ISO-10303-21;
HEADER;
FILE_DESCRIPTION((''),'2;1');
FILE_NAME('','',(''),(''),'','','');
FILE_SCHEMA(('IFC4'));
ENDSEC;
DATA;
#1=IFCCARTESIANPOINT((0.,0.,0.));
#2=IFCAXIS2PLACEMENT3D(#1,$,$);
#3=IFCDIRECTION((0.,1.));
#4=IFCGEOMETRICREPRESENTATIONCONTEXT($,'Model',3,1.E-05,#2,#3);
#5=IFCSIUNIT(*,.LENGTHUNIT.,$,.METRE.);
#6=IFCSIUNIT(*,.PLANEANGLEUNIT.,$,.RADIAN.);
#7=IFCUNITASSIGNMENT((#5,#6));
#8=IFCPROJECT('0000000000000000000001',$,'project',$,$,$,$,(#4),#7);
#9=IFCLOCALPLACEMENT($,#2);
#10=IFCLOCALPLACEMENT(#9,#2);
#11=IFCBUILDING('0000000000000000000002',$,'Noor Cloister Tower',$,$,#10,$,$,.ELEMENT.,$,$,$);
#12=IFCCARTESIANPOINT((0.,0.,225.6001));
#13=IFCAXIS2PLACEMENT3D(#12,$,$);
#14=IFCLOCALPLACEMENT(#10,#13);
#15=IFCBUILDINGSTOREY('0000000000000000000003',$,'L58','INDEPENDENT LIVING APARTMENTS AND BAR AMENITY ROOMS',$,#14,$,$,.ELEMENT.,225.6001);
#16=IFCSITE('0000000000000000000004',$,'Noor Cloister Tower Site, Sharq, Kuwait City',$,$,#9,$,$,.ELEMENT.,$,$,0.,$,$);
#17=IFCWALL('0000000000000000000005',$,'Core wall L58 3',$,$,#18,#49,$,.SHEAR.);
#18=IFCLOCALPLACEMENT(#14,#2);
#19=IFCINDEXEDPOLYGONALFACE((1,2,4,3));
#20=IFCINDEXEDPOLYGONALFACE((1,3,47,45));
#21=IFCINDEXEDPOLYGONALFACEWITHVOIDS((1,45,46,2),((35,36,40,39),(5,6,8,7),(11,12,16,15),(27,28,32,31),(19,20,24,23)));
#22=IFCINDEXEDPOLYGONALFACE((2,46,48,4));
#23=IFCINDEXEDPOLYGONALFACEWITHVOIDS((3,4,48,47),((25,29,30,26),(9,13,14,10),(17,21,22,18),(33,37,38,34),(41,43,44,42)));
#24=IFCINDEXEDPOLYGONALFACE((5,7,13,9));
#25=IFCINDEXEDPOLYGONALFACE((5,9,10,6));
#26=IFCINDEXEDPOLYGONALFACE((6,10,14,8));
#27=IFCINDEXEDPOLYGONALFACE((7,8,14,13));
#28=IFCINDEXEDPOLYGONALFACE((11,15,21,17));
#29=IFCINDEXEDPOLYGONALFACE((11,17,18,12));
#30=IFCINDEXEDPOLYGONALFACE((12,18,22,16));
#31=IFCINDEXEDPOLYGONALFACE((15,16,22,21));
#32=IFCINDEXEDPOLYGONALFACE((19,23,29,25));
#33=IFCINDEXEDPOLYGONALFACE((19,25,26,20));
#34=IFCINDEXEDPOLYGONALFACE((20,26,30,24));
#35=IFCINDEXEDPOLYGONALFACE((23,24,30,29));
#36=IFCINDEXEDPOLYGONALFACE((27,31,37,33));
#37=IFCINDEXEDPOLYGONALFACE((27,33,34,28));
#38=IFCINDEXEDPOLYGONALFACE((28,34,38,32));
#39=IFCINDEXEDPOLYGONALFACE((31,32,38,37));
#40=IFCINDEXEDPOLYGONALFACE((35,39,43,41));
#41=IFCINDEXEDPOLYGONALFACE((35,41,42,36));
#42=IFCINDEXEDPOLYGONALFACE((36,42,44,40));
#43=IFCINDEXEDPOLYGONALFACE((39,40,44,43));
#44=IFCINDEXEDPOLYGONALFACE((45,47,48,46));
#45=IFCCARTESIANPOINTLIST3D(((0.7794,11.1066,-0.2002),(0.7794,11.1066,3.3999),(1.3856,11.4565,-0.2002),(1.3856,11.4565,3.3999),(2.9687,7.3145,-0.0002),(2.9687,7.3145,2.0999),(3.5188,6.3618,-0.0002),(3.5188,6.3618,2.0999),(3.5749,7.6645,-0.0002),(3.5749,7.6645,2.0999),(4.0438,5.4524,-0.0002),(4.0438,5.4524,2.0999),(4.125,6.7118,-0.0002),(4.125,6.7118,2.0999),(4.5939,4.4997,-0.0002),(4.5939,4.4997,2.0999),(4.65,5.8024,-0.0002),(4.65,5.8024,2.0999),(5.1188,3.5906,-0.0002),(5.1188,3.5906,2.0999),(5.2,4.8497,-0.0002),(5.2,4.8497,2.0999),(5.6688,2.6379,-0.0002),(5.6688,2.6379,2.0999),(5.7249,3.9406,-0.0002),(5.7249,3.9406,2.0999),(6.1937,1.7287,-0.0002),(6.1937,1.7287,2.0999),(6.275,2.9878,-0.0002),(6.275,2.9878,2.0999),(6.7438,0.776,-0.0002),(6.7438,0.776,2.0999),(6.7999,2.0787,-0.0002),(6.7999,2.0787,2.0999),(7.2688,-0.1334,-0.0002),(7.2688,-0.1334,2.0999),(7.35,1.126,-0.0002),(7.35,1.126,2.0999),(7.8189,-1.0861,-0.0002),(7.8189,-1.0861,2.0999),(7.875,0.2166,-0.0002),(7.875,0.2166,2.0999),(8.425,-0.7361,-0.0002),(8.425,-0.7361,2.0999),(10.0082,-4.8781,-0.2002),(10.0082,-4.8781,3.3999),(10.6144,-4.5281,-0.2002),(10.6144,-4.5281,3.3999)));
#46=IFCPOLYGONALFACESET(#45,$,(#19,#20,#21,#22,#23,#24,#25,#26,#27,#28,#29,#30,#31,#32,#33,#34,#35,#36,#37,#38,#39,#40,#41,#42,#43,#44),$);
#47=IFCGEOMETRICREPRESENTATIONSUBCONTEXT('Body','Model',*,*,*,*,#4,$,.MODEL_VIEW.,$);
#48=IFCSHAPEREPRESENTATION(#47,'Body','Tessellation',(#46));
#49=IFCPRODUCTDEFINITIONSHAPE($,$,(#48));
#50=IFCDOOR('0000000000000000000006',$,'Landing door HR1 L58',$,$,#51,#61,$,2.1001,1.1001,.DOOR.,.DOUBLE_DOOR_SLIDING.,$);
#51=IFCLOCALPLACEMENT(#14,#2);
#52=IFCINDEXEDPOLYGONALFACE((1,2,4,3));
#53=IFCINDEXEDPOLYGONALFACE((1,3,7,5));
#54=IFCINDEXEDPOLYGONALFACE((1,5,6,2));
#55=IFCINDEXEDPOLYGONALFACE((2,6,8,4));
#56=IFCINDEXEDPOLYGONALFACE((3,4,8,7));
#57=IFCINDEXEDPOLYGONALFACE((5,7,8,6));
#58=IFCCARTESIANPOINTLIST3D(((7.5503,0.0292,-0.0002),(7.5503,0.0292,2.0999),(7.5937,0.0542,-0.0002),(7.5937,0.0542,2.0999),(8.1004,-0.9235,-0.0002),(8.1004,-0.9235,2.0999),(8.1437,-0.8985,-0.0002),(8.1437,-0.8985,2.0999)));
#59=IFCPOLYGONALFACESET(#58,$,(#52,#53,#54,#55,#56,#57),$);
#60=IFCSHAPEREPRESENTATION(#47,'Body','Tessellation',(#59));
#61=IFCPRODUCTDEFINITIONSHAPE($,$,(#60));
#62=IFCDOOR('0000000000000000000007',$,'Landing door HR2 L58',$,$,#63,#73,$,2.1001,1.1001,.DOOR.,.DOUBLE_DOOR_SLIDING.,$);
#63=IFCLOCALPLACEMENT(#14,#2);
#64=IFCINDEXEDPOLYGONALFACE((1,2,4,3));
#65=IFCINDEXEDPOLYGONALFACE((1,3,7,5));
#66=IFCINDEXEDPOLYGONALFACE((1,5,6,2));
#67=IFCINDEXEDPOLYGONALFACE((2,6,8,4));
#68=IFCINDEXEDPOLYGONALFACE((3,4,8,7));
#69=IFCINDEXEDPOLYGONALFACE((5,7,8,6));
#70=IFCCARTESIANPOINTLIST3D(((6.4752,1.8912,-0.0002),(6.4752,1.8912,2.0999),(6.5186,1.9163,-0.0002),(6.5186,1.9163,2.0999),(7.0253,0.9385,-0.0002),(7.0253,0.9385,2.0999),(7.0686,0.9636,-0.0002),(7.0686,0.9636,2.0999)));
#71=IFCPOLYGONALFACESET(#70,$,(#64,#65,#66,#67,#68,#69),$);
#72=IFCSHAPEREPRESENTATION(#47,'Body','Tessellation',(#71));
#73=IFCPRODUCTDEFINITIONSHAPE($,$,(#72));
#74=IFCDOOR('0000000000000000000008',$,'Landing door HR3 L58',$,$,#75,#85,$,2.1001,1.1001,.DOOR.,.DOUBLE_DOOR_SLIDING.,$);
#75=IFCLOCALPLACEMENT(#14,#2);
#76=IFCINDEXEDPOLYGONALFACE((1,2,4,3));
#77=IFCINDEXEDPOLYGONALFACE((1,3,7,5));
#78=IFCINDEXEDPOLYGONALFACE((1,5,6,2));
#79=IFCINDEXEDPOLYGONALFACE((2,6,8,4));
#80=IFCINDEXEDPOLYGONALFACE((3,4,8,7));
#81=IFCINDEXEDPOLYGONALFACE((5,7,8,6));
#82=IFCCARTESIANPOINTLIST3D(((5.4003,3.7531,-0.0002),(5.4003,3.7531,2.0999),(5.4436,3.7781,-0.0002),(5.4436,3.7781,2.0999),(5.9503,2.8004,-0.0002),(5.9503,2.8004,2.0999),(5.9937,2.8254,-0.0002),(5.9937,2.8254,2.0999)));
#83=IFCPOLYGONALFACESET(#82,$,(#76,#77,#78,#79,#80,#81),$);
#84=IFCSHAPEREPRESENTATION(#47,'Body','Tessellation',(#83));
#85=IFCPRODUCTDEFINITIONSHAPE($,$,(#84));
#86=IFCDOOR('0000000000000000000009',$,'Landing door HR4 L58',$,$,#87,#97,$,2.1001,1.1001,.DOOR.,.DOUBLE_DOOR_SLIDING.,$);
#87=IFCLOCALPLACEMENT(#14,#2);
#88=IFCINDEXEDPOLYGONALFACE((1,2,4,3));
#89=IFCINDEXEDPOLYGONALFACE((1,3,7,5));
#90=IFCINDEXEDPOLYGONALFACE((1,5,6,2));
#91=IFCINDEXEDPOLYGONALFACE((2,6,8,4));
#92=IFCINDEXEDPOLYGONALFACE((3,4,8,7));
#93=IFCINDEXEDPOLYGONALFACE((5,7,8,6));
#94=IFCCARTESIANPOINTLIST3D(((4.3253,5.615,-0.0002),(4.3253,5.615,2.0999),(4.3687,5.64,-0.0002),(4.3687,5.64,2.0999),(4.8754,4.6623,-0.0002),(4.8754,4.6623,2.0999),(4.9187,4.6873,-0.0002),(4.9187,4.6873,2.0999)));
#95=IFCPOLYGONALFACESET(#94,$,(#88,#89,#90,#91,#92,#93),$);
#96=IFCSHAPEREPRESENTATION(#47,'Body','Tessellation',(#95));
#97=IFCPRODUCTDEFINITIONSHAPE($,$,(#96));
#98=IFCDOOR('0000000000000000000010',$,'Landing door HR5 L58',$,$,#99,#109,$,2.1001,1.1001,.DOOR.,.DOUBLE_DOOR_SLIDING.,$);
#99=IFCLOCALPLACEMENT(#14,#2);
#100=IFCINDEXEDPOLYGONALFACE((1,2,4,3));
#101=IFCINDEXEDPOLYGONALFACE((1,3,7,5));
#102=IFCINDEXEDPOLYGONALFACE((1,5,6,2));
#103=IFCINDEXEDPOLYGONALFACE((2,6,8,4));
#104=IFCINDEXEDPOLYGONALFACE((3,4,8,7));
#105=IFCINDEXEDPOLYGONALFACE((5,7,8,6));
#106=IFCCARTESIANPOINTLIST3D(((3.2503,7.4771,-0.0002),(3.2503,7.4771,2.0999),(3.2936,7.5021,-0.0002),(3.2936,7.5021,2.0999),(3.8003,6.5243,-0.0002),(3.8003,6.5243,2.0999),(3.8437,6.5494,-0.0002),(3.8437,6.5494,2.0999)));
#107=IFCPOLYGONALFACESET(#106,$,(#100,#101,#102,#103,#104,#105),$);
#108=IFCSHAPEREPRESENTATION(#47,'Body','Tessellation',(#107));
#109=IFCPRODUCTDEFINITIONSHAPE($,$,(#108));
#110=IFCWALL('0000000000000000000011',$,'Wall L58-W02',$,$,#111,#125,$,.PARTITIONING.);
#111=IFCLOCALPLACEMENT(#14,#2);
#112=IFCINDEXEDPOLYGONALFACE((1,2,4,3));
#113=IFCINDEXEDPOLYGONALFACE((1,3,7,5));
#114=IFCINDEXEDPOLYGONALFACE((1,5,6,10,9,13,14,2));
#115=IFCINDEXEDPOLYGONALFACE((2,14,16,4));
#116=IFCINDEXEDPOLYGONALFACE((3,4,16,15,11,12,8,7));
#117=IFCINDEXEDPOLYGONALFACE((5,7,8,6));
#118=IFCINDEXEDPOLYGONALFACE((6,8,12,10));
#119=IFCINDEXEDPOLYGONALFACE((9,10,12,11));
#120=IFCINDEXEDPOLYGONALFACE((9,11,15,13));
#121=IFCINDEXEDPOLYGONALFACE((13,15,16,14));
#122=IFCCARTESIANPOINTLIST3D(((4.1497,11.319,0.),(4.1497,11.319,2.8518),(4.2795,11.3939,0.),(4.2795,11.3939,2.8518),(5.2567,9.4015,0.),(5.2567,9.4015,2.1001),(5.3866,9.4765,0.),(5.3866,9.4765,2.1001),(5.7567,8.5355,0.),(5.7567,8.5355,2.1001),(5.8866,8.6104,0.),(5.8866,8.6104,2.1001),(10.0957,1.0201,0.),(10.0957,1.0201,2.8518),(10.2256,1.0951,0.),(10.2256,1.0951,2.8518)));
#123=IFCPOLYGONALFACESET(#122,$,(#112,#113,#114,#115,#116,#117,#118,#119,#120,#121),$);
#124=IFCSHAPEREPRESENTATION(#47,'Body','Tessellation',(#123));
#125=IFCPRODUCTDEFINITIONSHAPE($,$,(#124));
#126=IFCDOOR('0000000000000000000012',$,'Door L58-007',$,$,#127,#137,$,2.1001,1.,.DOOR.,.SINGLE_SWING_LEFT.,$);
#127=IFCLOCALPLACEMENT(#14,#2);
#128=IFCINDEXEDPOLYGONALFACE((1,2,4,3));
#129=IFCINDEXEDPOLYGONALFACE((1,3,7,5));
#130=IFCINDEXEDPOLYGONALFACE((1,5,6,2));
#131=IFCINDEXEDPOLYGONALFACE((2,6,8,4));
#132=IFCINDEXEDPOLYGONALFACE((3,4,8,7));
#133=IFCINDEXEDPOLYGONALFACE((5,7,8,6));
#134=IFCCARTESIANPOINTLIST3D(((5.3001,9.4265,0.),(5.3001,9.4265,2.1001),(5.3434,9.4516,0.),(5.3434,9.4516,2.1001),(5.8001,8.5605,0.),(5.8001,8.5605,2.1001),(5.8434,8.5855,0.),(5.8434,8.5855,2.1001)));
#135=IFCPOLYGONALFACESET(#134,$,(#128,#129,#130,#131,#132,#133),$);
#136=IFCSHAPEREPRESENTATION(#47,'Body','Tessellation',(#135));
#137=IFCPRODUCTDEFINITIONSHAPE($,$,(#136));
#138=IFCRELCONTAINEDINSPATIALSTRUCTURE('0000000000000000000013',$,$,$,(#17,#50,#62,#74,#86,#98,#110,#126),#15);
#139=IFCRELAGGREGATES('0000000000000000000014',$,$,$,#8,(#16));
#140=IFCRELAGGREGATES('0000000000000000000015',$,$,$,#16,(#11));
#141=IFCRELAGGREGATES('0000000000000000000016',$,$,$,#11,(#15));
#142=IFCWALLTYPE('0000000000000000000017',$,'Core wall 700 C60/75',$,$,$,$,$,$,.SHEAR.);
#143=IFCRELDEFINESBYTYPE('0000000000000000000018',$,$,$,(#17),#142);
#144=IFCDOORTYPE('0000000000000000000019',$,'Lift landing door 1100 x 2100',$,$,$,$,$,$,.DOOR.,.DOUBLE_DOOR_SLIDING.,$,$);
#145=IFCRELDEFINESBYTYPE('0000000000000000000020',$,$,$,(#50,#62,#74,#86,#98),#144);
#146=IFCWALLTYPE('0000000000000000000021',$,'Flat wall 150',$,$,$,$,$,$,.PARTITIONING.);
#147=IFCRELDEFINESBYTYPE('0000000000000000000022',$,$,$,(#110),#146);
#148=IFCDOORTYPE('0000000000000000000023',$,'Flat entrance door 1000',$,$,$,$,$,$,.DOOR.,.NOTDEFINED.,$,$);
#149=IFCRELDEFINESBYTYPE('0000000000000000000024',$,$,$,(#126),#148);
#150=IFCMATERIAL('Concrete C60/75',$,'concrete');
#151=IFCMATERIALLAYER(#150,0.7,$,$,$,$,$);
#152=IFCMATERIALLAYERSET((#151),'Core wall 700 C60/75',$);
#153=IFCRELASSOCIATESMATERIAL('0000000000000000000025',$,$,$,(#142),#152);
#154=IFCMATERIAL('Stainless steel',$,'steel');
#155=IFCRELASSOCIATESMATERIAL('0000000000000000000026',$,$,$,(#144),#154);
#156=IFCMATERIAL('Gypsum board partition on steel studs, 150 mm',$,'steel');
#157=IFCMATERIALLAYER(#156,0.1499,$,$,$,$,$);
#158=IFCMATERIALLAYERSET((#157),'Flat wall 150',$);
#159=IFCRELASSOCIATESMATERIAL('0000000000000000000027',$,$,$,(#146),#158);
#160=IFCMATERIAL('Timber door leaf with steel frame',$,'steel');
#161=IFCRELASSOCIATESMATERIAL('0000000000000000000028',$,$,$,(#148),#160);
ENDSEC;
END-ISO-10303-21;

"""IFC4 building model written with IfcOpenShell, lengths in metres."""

from ifc_helpers import new_model, si_unit, direction, frame, frame_2d, origin, place, context, subcontext, project, spatial, rectangle, extrude, material, layer, layer_set, type_object, element, fill, save


model = new_model("IFC4")

# Units and contexts
model_context = context("Model", 3, precision=1e-05, world=origin(), true_north=direction((0.0, 1.0)))
body_context = subcontext(model_context, "Body", "Model", "MODEL_VIEW")
ifc_project = project(units=[si_unit("LENGTHUNIT", "METRE"), si_unit("PLANEANGLEUNIT", "RADIAN")], contexts=[model_context])

# Site, building, storey
site_placement = place(None, origin())
site = spatial("IfcSite", under=ifc_project, at=site_placement, Name="Noor Cloister Tower Site, Sharq, Kuwait City", CompositionType="ELEMENT", RefElevation=0.0)
building_placement = place(site_placement, origin())
building = spatial("IfcBuilding", under=site, at=building_placement, Name="Noor Cloister Tower", CompositionType="ELEMENT")
storey_placement = place(building_placement, frame((0.0, 0.0, 225.6001)))
storey = spatial("IfcBuildingStorey", under=building, at=storey_placement, Name="L58", Description="INDEPENDENT LIVING APARTMENTS AND BAR AMENITY ROOMS", CompositionType="ELEMENT", Elevation=225.6001)

# Shared definitions
ifc_material_1 = material(Name="Concrete C60/75", Category="concrete")
ifc_layer_1 = layer(ifc_material_1, 0.7)
ifc_layer_set_1 = layer_set([ifc_layer_1], Name="Core wall 700 C60/75")
wall_type_1 = type_object("IfcWallType", Name="Core wall 700 C60/75", PredefinedType="SHEAR", material=ifc_layer_set_1)

# Wall, openings, doors
wall_1_placement = place(storey_placement, frame((10.3113, -4.7031, -0.2002), z_axis=(0.0, 0.0, 1.0), x_axis=(-0.500001, 0.866025, 0.0)))
wall_1 = element("IfcWall", 1, at=wall_1_placement, inside=storey, type_object=wall_type_1, Name="Core wall L58 3", PredefinedType="SHEAR", context=body_context, shape_type="SweptSolid", body=[
    extrude(rectangle(XDim=18.4575, YDim=0.7, at=frame_2d((9.2288, 0.0))), origin(), (0.0, 0.0, 1.0), 3.6001),
])
opening_1_placement = place(wall_1_placement, frame((4.3787, 0.0, 0.2)))
opening_1 = element("IfcOpeningElement", 2, at=opening_1_placement, cuts=wall_1, PredefinedType="OPENING", context=body_context, shape_type="SweptSolid", body=[
    extrude(rectangle(XDim=1.1001, YDim=2.1001, at=frame_2d((0.55, 1.05))), frame((0.0, 0.3599, 0.0), z_axis=(0.0, -1.0, 0.0), x_axis=(1.0, 0.0, 0.0)), (0.0, 0.0, 1.0), 0.72),
])
opening_2_placement = place(wall_1_placement, frame((6.5288, 0.0, 0.2)))
opening_2 = element("IfcOpeningElement", 3, at=opening_2_placement, cuts=wall_1, PredefinedType="OPENING", context=body_context, shape_type="SweptSolid", body=[
    extrude(rectangle(XDim=1.1001, YDim=2.1001, at=frame_2d((0.55, 1.05))), frame((0.0, 0.3599, 0.0), z_axis=(0.0, -1.0, 0.0), x_axis=(1.0, 0.0, 0.0)), (0.0, 0.0, 1.0), 0.72),
])
opening_3_placement = place(wall_1_placement, frame((8.6787, 0.0, 0.2)))
opening_3 = element("IfcOpeningElement", 4, at=opening_3_placement, cuts=wall_1, PredefinedType="OPENING", context=body_context, shape_type="SweptSolid", body=[
    extrude(rectangle(XDim=1.1001, YDim=2.1001, at=frame_2d((0.55, 1.05))), frame((0.0, 0.3599, 0.0), z_axis=(0.0, -1.0, 0.0), x_axis=(1.0, 0.0, 0.0)), (0.0, 0.0, 1.0), 0.72),
])
opening_4_placement = place(wall_1_placement, frame((10.8286, 0.0, 0.2)))
opening_4 = element("IfcOpeningElement", 5, at=opening_4_placement, cuts=wall_1, PredefinedType="OPENING", context=body_context, shape_type="SweptSolid", body=[
    extrude(rectangle(XDim=1.1001, YDim=2.1001, at=frame_2d((0.55, 1.05))), frame((0.0, 0.3599, 0.0), z_axis=(0.0, -1.0, 0.0), x_axis=(1.0, 0.0, 0.0)), (0.0, 0.0, 1.0), 0.72),
])
opening_5_placement = place(wall_1_placement, frame((12.9788, 0.0, 0.2)))
opening_5 = element("IfcOpeningElement", 6, at=opening_5_placement, cuts=wall_1, PredefinedType="OPENING", context=body_context, shape_type="SweptSolid", body=[
    extrude(rectangle(XDim=1.1001, YDim=2.1001, at=frame_2d((0.55, 1.05))), frame((0.0, 0.3599, 0.0), z_axis=(0.0, -1.0, 0.0), x_axis=(1.0, 0.0, 0.0)), (0.0, 0.0, 1.0), 0.72),
])
ifc_material_2 = material(Name="Stainless steel", Category="steel")
door_type_1 = type_object("IfcDoorType", Name="Lift landing door 1100 x 2100", OperationType="DOUBLE_DOOR_SLIDING", PredefinedType="DOOR", material=ifc_material_2)
door_1_placement = place(opening_1_placement, origin())
door_1 = element("IfcDoor", 7, at=door_1_placement, inside=storey, type_object=door_type_1, Name="Landing door HR1 L58", OperationType="DOUBLE_DOOR_SLIDING", OverallHeight=2.1001, OverallWidth=1.1001, PredefinedType="DOOR", context=body_context, shape_type="SweptSolid", body=[
    extrude(rectangle(XDim=1.1001, YDim=2.1001, at=frame_2d((0.55, 1.05))), frame((0.0, 0.0249, 0.0), z_axis=(0.0, -1.0, 0.0), x_axis=(1.0, 0.0, 0.0)), (0.0, 0.0, 1.0), 0.05),
])
fill(opening_1, door_1)
door_2_placement = place(opening_2_placement, origin())
door_2 = element("IfcDoor", 8, at=door_2_placement, inside=storey, type_object=door_type_1, Name="Landing door HR2 L58", OperationType="DOUBLE_DOOR_SLIDING", OverallHeight=2.1001, OverallWidth=1.1001, PredefinedType="DOOR", context=body_context, shape_type="SweptSolid", body=[
    extrude(rectangle(XDim=1.1001, YDim=2.1001, at=frame_2d((0.55, 1.05))), frame((0.0, 0.0249, 0.0), z_axis=(0.0, -1.0, 0.0), x_axis=(1.0, 0.0, 0.0)), (0.0, 0.0, 1.0), 0.05),
])
fill(opening_2, door_2)
door_3_placement = place(opening_3_placement, origin())
door_3 = element("IfcDoor", 9, at=door_3_placement, inside=storey, type_object=door_type_1, Name="Landing door HR3 L58", OperationType="DOUBLE_DOOR_SLIDING", OverallHeight=2.1001, OverallWidth=1.1001, PredefinedType="DOOR", context=body_context, shape_type="SweptSolid", body=[
    extrude(rectangle(XDim=1.1001, YDim=2.1001, at=frame_2d((0.55, 1.05))), frame((0.0, 0.0249, 0.0), z_axis=(0.0, -1.0, 0.0), x_axis=(1.0, 0.0, 0.0)), (0.0, 0.0, 1.0), 0.05),
])
fill(opening_3, door_3)
door_4_placement = place(opening_4_placement, origin())
door_4 = element("IfcDoor", 10, at=door_4_placement, inside=storey, type_object=door_type_1, Name="Landing door HR4 L58", OperationType="DOUBLE_DOOR_SLIDING", OverallHeight=2.1001, OverallWidth=1.1001, PredefinedType="DOOR", context=body_context, shape_type="SweptSolid", body=[
    extrude(rectangle(XDim=1.1001, YDim=2.1001, at=frame_2d((0.55, 1.05))), frame((0.0, 0.0249, 0.0), z_axis=(0.0, -1.0, 0.0), x_axis=(1.0, 0.0, 0.0)), (0.0, 0.0, 1.0), 0.05),
])
fill(opening_4, door_4)
door_5_placement = place(opening_5_placement, origin())
door_5 = element("IfcDoor", 11, at=door_5_placement, inside=storey, type_object=door_type_1, Name="Landing door HR5 L58", OperationType="DOUBLE_DOOR_SLIDING", OverallHeight=2.1001, OverallWidth=1.1001, PredefinedType="DOOR", context=body_context, shape_type="SweptSolid", body=[
    extrude(rectangle(XDim=1.1001, YDim=2.1001, at=frame_2d((0.55, 1.05))), frame((0.0, 0.0249, 0.0), z_axis=(0.0, -1.0, 0.0), x_axis=(1.0, 0.0, 0.0)), (0.0, 0.0, 1.0), 0.05),
])
fill(opening_5, door_5)

# Wall, opening, door
ifc_material_3 = material(Name="Gypsum board partition on steel studs, 150 mm", Category="steel")
ifc_layer_2 = layer(ifc_material_3, 0.1499)
ifc_layer_set_2 = layer_set([ifc_layer_2], Name="Flat wall 150")
wall_type_2 = type_object("IfcWallType", Name="Flat wall 150", PredefinedType="PARTITIONING", material=ifc_layer_set_2)
wall_2_placement = place(storey_placement, frame((10.1606, 1.0576, 0.0), z_axis=(0.0, 0.0, 1.0), x_axis=(-0.500001, 0.866025, 0.0)))
wall_2 = element("IfcWall", 12, at=wall_2_placement, inside=storey, type_object=wall_type_2, Name="Wall L58-W02", PredefinedType="PARTITIONING", context=body_context, shape_type="SweptSolid", body=[
    extrude(rectangle(XDim=11.8921, YDim=0.1499, at=frame_2d((5.946, 0.0))), origin(), (0.0, 0.0, 1.0), 2.8518),
])
opening_6_placement = place(wall_2_placement, frame((8.678, 0.0, 0.0)))
opening_6 = element("IfcOpeningElement", 13, at=opening_6_placement, cuts=wall_2, PredefinedType="OPENING", context=body_context, shape_type="SweptSolid", body=[
    extrude(rectangle(XDim=1.0, YDim=2.1001, at=frame_2d((0.5, 1.05))), frame((0.0, 0.085, 0.0), z_axis=(0.0, -1.0, 0.0), x_axis=(1.0, 0.0, 0.0)), (0.0, 0.0, 1.0), 0.1699),
])
ifc_material_4 = material(Name="Timber door leaf with steel frame", Category="steel")
door_type_2 = type_object("IfcDoorType", Name="Flat entrance door 1000", OperationType="NOTDEFINED", PredefinedType="DOOR", material=ifc_material_4)
door_6_placement = place(opening_6_placement, origin())
door_6 = element("IfcDoor", 14, at=door_6_placement, inside=storey, type_object=door_type_2, Name="Door L58-007", OperationType="SINGLE_SWING_LEFT", OverallHeight=2.1001, OverallWidth=1.0, PredefinedType="DOOR", context=body_context, shape_type="SweptSolid", body=[
    extrude(rectangle(XDim=1.0, YDim=2.1001, at=frame_2d((0.5, 1.05))), frame((0.0, 0.0249, 0.0), z_axis=(0.0, -1.0, 0.0), x_axis=(1.0, 0.0, 0.0)), (0.0, 0.0, 1.0), 0.05),
])
fill(opening_6, door_6)

save(model, "model.ifc")
